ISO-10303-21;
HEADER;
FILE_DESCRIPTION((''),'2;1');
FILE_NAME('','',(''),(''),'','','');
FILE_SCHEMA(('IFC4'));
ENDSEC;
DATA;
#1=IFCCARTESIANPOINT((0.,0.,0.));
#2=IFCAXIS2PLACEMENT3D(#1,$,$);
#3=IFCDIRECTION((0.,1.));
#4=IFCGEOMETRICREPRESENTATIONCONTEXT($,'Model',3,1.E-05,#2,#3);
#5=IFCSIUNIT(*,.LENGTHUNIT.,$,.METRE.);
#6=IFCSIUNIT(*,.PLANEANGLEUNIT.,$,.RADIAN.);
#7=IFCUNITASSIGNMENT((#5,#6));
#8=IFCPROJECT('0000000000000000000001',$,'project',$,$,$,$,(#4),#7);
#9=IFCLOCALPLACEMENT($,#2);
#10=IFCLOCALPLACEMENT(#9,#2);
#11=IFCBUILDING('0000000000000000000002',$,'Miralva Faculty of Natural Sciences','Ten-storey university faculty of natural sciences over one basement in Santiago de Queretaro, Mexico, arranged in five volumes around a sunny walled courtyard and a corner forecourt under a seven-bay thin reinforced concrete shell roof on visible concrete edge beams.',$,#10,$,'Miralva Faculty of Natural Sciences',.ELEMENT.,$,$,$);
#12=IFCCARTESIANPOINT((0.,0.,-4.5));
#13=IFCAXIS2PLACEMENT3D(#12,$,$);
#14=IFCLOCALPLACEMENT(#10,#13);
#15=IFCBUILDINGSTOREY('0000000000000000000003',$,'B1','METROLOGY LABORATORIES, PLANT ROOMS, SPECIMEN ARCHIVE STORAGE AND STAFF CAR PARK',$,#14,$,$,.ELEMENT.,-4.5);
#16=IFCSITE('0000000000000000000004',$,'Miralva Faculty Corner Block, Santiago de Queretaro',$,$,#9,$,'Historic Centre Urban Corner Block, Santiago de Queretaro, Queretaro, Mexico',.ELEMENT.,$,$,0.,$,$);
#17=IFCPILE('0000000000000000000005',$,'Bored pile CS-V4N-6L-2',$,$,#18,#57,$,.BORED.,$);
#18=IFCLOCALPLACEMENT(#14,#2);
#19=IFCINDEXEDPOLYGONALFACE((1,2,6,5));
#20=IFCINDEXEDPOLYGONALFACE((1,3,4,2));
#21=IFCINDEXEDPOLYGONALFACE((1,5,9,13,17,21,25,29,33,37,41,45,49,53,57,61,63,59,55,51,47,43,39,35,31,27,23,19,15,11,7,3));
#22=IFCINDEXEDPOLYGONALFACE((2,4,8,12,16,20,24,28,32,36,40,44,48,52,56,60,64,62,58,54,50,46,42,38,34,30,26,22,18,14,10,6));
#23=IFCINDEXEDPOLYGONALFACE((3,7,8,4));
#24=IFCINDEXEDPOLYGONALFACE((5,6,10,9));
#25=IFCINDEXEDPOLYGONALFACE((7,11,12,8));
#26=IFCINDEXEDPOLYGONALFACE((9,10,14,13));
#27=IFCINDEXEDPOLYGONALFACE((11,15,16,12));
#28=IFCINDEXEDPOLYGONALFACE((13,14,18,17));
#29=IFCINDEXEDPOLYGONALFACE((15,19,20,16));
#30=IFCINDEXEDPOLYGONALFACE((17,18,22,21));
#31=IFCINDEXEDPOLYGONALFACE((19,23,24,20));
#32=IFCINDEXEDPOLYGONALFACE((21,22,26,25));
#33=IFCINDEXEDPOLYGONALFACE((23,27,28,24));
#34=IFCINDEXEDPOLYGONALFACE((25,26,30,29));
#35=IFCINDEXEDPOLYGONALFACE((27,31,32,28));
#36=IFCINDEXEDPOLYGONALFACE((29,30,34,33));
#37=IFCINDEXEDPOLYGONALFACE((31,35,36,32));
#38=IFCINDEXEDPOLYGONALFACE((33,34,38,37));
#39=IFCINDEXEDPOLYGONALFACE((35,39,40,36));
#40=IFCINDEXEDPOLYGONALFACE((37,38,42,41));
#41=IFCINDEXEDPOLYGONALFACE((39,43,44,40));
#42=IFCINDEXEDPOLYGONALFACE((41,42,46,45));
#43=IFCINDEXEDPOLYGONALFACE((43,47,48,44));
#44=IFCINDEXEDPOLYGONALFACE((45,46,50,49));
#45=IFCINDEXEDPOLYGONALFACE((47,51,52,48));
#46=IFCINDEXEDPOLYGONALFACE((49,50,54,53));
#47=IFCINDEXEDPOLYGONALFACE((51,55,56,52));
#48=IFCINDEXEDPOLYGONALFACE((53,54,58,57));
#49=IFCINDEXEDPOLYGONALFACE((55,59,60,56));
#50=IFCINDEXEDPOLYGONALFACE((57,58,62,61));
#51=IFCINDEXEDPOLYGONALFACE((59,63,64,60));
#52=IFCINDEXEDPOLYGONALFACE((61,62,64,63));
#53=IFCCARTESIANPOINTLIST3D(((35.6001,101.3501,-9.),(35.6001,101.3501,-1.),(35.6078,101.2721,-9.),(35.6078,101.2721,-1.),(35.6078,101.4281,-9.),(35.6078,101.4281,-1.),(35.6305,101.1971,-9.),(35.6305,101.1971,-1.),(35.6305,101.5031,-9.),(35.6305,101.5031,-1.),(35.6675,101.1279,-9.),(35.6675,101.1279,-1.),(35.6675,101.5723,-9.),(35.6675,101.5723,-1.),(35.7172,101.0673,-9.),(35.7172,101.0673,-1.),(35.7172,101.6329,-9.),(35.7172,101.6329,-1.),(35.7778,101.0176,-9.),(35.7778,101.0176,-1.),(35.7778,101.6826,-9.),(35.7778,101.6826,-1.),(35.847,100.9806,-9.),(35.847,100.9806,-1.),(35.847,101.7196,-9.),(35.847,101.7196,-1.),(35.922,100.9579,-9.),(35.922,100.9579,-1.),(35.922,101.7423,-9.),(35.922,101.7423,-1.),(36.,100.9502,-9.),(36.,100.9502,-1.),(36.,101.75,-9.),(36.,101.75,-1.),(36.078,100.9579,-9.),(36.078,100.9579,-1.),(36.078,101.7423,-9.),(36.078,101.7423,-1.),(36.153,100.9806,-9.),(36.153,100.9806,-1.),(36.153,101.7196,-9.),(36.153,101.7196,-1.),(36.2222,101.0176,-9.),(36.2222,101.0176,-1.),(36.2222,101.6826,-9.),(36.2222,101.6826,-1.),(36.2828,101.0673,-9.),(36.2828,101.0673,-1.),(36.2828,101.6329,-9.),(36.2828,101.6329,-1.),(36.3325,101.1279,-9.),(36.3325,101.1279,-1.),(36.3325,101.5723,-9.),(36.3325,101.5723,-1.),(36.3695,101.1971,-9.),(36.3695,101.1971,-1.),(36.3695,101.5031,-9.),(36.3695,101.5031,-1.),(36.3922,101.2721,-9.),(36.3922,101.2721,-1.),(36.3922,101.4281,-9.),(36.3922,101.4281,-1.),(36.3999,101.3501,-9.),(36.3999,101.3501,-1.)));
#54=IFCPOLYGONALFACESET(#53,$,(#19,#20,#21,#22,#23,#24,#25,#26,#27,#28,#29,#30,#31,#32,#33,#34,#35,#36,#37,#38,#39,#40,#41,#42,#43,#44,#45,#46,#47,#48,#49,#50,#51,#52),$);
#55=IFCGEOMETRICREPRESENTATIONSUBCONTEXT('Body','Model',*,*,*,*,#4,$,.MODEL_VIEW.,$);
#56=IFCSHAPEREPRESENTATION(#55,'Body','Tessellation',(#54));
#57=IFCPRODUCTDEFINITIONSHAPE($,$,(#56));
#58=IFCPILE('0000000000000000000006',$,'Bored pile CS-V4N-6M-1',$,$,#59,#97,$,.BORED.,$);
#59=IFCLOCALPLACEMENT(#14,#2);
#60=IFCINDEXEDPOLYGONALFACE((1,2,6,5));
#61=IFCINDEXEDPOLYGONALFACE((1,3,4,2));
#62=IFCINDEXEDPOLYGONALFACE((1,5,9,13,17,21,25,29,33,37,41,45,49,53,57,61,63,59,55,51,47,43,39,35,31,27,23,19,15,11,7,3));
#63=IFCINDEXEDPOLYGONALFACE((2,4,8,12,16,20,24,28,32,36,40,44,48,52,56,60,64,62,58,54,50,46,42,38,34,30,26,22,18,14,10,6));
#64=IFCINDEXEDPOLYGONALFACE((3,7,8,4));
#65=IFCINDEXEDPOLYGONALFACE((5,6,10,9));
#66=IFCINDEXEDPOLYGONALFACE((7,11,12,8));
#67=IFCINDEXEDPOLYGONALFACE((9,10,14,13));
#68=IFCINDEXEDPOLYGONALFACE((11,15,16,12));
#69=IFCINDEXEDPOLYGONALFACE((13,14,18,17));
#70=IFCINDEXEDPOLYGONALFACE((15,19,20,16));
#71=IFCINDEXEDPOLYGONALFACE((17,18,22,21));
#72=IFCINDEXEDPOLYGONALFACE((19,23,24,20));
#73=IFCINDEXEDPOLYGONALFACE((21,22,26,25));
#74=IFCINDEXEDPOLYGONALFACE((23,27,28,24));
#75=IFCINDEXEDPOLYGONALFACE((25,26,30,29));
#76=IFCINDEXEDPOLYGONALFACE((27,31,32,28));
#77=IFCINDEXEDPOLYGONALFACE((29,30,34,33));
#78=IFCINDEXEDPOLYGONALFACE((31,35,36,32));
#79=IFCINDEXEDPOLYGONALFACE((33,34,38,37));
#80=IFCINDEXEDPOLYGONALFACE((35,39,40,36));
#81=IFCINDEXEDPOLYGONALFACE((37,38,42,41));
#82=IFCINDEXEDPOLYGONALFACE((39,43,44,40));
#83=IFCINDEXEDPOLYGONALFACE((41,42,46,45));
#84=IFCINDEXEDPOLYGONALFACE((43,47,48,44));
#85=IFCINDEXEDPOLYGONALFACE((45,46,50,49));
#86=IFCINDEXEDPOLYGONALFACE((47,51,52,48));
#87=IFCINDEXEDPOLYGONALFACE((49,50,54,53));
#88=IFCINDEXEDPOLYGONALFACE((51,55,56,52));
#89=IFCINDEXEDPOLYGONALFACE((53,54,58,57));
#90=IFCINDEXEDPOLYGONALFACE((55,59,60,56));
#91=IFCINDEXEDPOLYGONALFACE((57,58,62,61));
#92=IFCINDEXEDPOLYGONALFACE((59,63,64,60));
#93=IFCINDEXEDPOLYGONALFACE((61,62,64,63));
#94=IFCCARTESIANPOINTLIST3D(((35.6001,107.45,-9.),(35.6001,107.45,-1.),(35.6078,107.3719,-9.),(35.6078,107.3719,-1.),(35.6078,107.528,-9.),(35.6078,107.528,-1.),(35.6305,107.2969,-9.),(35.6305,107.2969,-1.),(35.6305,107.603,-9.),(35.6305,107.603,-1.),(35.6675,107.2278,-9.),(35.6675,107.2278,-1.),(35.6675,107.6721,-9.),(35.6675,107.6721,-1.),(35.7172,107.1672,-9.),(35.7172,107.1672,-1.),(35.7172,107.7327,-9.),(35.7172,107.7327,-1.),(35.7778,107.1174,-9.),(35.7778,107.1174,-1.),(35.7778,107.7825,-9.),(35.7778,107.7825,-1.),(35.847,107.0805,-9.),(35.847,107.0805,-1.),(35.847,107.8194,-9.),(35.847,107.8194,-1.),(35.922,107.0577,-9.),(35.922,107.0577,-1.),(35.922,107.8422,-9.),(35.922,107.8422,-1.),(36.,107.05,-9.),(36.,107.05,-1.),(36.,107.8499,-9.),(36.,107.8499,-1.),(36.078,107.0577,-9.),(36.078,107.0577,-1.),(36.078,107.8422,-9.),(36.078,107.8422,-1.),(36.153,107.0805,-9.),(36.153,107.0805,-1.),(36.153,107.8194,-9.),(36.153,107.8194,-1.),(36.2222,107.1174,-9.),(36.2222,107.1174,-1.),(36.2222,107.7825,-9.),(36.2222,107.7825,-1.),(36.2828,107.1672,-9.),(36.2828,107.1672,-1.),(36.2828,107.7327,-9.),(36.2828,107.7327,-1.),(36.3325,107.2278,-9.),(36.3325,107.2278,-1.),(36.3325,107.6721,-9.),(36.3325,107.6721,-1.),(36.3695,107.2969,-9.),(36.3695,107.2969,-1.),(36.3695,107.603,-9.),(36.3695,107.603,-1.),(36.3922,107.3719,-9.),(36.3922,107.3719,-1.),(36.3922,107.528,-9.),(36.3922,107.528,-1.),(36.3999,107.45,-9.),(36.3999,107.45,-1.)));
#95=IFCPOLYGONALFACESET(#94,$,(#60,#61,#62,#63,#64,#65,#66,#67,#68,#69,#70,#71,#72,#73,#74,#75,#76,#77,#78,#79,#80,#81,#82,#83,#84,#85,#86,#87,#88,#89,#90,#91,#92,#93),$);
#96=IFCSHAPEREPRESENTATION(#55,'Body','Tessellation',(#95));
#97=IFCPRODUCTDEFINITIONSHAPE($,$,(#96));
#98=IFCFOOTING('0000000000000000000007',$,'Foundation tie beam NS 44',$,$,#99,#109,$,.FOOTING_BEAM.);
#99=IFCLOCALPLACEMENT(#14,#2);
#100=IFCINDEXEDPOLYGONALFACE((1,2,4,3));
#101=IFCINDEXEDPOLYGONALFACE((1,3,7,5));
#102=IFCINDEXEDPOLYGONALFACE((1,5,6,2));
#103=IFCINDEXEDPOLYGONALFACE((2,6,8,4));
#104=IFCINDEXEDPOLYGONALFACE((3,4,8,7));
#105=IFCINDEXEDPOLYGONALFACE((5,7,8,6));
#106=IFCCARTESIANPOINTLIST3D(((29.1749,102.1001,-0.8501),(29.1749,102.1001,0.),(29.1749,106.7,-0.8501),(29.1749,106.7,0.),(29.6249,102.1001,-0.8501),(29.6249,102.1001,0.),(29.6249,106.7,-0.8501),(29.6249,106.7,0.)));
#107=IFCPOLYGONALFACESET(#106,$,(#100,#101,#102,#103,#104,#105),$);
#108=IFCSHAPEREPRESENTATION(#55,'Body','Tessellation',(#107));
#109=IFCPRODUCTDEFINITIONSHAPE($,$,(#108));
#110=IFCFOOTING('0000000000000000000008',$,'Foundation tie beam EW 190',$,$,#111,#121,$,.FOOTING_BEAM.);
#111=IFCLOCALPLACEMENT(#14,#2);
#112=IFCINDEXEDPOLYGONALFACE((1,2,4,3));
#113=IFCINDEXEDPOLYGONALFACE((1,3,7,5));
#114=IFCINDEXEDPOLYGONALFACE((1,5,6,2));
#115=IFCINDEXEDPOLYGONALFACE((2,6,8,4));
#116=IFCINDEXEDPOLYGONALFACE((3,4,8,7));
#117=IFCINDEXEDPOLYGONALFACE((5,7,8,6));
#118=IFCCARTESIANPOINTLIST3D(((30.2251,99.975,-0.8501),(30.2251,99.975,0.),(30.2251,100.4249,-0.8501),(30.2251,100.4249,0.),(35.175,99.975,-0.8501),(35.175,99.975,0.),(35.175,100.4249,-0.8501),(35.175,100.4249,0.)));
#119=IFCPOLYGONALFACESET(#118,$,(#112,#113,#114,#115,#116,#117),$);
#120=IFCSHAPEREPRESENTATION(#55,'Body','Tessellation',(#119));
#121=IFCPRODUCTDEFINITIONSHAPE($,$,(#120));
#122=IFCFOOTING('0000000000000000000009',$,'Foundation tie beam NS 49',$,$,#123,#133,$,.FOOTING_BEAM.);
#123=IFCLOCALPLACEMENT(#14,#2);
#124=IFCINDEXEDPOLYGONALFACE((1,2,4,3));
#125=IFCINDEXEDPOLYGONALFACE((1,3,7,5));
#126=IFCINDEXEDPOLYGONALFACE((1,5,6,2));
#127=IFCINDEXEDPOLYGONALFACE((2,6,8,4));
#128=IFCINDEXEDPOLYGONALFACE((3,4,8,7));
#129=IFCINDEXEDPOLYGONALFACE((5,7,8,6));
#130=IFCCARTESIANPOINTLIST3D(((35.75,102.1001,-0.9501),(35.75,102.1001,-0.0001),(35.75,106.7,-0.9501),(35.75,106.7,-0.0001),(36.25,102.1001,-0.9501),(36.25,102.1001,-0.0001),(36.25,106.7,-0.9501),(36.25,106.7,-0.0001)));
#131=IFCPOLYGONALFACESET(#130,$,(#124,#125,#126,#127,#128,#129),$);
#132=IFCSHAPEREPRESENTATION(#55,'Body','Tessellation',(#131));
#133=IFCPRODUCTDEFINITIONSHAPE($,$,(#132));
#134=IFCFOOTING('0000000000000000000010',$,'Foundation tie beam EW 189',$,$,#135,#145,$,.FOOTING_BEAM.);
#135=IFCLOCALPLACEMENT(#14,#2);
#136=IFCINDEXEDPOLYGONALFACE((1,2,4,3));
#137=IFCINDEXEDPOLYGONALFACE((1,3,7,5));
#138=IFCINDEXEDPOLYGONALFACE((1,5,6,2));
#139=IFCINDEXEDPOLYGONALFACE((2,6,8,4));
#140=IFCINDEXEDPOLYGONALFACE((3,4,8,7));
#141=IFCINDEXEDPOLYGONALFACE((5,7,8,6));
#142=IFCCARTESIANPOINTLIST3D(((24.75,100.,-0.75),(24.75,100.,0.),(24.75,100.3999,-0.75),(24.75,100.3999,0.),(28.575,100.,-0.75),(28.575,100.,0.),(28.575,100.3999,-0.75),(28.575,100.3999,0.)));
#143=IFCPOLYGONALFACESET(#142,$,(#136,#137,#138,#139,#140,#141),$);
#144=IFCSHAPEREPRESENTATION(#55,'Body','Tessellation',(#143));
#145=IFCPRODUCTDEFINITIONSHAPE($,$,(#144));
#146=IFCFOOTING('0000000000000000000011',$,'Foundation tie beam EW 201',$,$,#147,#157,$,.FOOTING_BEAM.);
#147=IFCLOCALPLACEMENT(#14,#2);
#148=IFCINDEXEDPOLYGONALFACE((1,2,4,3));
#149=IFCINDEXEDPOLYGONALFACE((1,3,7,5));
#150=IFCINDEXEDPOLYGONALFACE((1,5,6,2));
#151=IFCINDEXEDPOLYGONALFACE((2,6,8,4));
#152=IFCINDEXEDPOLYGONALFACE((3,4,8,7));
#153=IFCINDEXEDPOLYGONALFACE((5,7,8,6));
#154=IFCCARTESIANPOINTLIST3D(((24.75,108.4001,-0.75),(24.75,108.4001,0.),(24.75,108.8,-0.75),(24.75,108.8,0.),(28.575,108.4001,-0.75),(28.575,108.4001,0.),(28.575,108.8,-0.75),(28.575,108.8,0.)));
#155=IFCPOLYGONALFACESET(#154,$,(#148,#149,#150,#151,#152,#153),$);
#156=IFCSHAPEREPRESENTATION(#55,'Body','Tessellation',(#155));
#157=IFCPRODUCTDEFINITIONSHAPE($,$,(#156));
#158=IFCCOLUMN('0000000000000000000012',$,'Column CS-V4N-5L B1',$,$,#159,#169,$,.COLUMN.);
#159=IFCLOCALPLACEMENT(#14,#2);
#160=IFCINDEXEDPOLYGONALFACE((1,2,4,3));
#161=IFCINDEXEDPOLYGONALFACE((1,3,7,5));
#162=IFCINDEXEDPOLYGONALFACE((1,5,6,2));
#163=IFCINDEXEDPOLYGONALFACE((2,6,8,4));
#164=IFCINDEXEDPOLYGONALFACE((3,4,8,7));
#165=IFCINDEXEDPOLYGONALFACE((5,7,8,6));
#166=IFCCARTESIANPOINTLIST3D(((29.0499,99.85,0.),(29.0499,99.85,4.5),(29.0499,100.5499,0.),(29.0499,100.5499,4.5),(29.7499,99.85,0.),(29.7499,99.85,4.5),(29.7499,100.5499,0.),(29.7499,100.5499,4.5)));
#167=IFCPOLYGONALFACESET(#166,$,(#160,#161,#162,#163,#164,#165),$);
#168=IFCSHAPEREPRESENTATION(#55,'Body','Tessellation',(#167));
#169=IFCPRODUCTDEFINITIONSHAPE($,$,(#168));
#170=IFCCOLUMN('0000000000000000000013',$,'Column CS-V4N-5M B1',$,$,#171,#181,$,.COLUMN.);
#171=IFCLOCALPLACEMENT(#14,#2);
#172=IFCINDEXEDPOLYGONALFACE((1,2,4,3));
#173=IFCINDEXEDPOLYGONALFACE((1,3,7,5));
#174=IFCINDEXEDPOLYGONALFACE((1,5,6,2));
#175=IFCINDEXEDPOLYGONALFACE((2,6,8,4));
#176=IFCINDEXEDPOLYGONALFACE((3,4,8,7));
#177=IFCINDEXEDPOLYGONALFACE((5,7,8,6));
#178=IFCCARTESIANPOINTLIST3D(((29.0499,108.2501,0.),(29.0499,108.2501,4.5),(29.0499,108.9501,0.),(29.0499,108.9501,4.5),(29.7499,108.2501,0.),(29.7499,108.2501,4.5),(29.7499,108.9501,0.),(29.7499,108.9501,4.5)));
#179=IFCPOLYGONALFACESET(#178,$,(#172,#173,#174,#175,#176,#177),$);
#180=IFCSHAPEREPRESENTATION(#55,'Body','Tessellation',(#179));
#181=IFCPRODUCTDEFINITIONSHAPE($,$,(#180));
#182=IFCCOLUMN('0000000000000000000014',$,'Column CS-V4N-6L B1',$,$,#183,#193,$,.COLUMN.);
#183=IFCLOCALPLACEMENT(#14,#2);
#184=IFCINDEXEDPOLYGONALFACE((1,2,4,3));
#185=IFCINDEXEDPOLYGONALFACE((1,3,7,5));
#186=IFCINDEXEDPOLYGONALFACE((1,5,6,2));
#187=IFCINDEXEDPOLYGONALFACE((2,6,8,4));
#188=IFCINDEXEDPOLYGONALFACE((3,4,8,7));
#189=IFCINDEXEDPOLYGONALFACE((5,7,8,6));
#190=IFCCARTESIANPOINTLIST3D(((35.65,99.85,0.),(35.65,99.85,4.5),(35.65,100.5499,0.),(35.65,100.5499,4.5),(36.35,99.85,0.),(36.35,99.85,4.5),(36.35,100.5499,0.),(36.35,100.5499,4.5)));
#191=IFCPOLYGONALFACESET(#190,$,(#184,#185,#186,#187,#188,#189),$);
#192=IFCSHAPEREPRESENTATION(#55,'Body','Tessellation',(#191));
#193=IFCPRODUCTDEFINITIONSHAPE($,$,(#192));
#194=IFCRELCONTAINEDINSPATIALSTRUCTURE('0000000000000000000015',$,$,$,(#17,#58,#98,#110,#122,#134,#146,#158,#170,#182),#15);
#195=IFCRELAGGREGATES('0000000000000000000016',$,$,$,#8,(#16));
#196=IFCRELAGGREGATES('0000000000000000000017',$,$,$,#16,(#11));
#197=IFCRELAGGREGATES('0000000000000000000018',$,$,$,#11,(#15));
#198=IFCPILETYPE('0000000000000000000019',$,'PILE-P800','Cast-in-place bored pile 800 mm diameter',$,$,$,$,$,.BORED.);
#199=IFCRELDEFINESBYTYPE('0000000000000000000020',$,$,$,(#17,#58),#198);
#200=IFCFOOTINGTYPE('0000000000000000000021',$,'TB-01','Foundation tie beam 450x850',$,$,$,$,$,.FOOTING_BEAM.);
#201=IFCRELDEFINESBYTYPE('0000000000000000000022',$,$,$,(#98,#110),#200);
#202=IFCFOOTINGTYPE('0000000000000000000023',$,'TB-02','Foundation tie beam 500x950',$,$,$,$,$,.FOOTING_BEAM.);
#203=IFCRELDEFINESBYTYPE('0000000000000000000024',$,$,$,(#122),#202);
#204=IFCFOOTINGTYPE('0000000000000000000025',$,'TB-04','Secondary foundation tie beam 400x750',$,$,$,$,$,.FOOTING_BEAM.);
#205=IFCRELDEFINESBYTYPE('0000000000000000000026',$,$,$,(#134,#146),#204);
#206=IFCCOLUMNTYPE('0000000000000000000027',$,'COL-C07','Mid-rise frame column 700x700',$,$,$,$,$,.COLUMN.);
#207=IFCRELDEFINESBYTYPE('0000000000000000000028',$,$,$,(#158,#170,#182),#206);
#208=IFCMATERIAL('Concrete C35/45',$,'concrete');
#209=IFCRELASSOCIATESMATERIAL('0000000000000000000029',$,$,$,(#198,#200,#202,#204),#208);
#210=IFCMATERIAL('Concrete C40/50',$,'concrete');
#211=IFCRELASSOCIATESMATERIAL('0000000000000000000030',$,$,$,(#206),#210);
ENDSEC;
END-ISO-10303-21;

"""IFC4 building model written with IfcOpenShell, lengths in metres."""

from ifc_helpers import new_model, si_unit, direction, frame, origin, origin_2d, place, context, subcontext, project, spatial, rectangle, circle, extrude, material, material_profile, profile_set, type_object, element, save


model = new_model("IFC4")

# Units and contexts
model_context = context("Model", 3, precision=1e-05, world=origin(), true_north=direction((0.0, 1.0)))
body_context = subcontext(model_context, "Body", "Model", "MODEL_VIEW")
ifc_project = project(units=[si_unit("LENGTHUNIT", "METRE"), si_unit("PLANEANGLEUNIT", "RADIAN")], contexts=[model_context])

# Site, building, storey
site_placement = place(None, origin())
site = spatial("IfcSite", under=ifc_project, at=site_placement, Name="Miralva Faculty Corner Block, Santiago de Queretaro", LongName="Historic Centre Urban Corner Block, Santiago de Queretaro, Queretaro, Mexico", CompositionType="ELEMENT", RefElevation=0.0)
building_placement = place(site_placement, origin())
building = spatial("IfcBuilding", under=site, at=building_placement, Name="Miralva Faculty of Natural Sciences", Description="Ten-storey university faculty of natural sciences over one basement in Santiago de Queretaro, Mexico, arranged in five volumes around a sunny walled courtyard and a corner forecourt under a seven-bay thin reinforced concrete shell roof on visible concrete edge beams.", LongName="Miralva Faculty of Natural Sciences", CompositionType="ELEMENT")
storey_placement = place(building_placement, frame((0.0, 0.0, -4.5)))
storey = spatial("IfcBuildingStorey", under=building, at=storey_placement, Name="B1", Description="METROLOGY LABORATORIES, PLANT ROOMS, SPECIMEN ARCHIVE STORAGE AND STAFF CAR PARK", CompositionType="ELEMENT", Elevation=-4.5)

# Shared definitions
ifc_material_1 = material(Name="Concrete C35/45", Category="concrete")

# Piles
ifc_material_profile_1 = material_profile(ifc_material_1, circle(Radius=0.3999, at=origin_2d()), Name="BORED PILE 800")
ifc_profile_set_1 = profile_set([ifc_material_profile_1], Name="Concrete C35/45")
pile_type = type_object("IfcPileType", Name="PILE-P800", Description="Cast-in-place bored pile 800 mm diameter", PredefinedType="BORED", material=ifc_profile_set_1)
for number, where, z_axis, x_axis, name in (
    (1, (36.0, 101.3501, -1.0), (0.0, 0.0, -1.0), (1.0, 0.0, 0.0), "Bored pile CS-V4N-6L-2"),
    (2, (36.0, 107.45, -1.0), (0.0, 0.0, -1.0), (1.0, 0.0, 0.0), "Bored pile CS-V4N-6M-1"),
):
    element("IfcPile", number, at=place(storey_placement, frame(where, z_axis=z_axis, x_axis=x_axis)), inside=storey, type_object=pile_type, Name=name, PredefinedType="BORED", context=body_context, shape_type="SweptSolid", body=[
        extrude(circle(Radius=0.3999, at=origin_2d()), origin(), (0.0, 0.0, 1.0), 8.0),
    ])

# Footings
ifc_material_profile_2 = material_profile(ifc_material_1, rectangle(XDim=0.45, YDim=0.8501, at=origin_2d()), Name="RC 450x850")
ifc_profile_set_2 = profile_set([ifc_material_profile_2], Name="Concrete C35/45")
footing_type_1 = type_object("IfcFootingType", Name="TB-01", Description="Foundation tie beam 450x850", PredefinedType="FOOTING_BEAM", material=ifc_profile_set_2)
footing_1_placement = place(storey_placement, frame((29.3999, 102.1001, -0.425), z_axis=(0.0, 1.0, 0.0), x_axis=(-1.0, 0.0, 0.0)))
element("IfcFooting", 3, at=footing_1_placement, inside=storey, type_object=footing_type_1, Name="Foundation tie beam NS 44", PredefinedType="FOOTING_BEAM", context=body_context, shape_type="SweptSolid", body=[
    extrude(rectangle(XDim=0.45, YDim=0.8501, at=origin_2d()), origin(), (0.0, 0.0, 1.0), 4.5999),
])
footing_2_placement = place(storey_placement, frame((30.2251, 100.2, -0.425), z_axis=(1.0, 0.0, 0.0), x_axis=(0.0, 1.0, 0.0)))
element("IfcFooting", 4, at=footing_2_placement, inside=storey, type_object=footing_type_1, Name="Foundation tie beam EW 190", PredefinedType="FOOTING_BEAM", context=body_context, shape_type="SweptSolid", body=[
    extrude(rectangle(XDim=0.45, YDim=0.8501, at=origin_2d()), origin(), (0.0, 0.0, 1.0), 4.95),
])
ifc_material_profile_3 = material_profile(ifc_material_1, rectangle(XDim=0.5, YDim=0.95, at=origin_2d()), Name="RC 500x950")
ifc_profile_set_3 = profile_set([ifc_material_profile_3], Name="Concrete C35/45")
footing_type_2 = type_object("IfcFootingType", Name="TB-02", Description="Foundation tie beam 500x950", PredefinedType="FOOTING_BEAM", material=ifc_profile_set_3)
footing_3_placement = place(storey_placement, frame((36.0, 102.1001, -0.4751), z_axis=(0.0, 1.0, 0.0), x_axis=(-1.0, 0.0, 0.0)))
element("IfcFooting", 5, at=footing_3_placement, inside=storey, type_object=footing_type_2, Name="Foundation tie beam NS 49", PredefinedType="FOOTING_BEAM", context=body_context, shape_type="SweptSolid", body=[
    extrude(rectangle(XDim=0.5, YDim=0.95, at=origin_2d()), origin(), (0.0, 0.0, 1.0), 4.5999),
])
ifc_material_profile_4 = material_profile(ifc_material_1, rectangle(XDim=0.3999, YDim=0.75, at=origin_2d()), Name="RC 400x750")
ifc_profile_set_4 = profile_set([ifc_material_profile_4], Name="Concrete C35/45")
footing_type_3 = type_object("IfcFootingType", Name="TB-04", Description="Secondary foundation tie beam 400x750", PredefinedType="FOOTING_BEAM", material=ifc_profile_set_4)
for number, where, z_axis, x_axis, name in (
    (6, (24.75, 100.2, -0.375), (1.0, 0.0, 0.0), (0.0, 1.0, 0.0), "Foundation tie beam EW 189"),
    (7, (24.75, 108.6001, -0.375), (1.0, 0.0, 0.0), (0.0, 1.0, 0.0), "Foundation tie beam EW 201"),
):
    element("IfcFooting", number, at=place(storey_placement, frame(where, z_axis=z_axis, x_axis=x_axis)), inside=storey, type_object=footing_type_3, Name=name, PredefinedType="FOOTING_BEAM", context=body_context, shape_type="SweptSolid", body=[
        extrude(rectangle(XDim=0.3999, YDim=0.75, at=origin_2d()), origin(), (0.0, 0.0, 1.0), 3.825),
    ])

# Columns
ifc_material_2 = material(Name="Concrete C40/50", Category="concrete")
ifc_material_profile_5 = material_profile(ifc_material_2, rectangle(XDim=0.7, YDim=0.7, at=origin_2d()), Name="RC 700x700")
ifc_profile_set_5 = profile_set([ifc_material_profile_5], Name="Concrete C40/50")
column_type = type_object("IfcColumnType", Name="COL-C07", Description="Mid-rise frame column 700x700", PredefinedType="COLUMN", material=ifc_profile_set_5)
for number, where, z_axis, x_axis, name in (
    (8, (29.3999, 100.2, 0.0), (0.0, 0.0, 1.0), (1.0, 0.0, 0.0), "Column CS-V4N-5L B1"),
    (9, (29.3999, 108.6001, 0.0), (0.0, 0.0, 1.0), (1.0, 0.0, 0.0), "Column CS-V4N-5M B1"),
    (10, (36.0, 100.2, 0.0), (0.0, 0.0, 1.0), (1.0, 0.0, 0.0), "Column CS-V4N-6L B1"),
):
    element("IfcColumn", number, at=place(storey_placement, frame(where, z_axis=z_axis, x_axis=x_axis)), inside=storey, type_object=column_type, Name=name, PredefinedType="COLUMN", context=body_context, shape_type="SweptSolid", body=[
        extrude(rectangle(XDim=0.7, YDim=0.7, at=origin_2d()), origin(), (0.0, 0.0, 1.0), 4.5),
    ])

save(model, "model.ifc")
